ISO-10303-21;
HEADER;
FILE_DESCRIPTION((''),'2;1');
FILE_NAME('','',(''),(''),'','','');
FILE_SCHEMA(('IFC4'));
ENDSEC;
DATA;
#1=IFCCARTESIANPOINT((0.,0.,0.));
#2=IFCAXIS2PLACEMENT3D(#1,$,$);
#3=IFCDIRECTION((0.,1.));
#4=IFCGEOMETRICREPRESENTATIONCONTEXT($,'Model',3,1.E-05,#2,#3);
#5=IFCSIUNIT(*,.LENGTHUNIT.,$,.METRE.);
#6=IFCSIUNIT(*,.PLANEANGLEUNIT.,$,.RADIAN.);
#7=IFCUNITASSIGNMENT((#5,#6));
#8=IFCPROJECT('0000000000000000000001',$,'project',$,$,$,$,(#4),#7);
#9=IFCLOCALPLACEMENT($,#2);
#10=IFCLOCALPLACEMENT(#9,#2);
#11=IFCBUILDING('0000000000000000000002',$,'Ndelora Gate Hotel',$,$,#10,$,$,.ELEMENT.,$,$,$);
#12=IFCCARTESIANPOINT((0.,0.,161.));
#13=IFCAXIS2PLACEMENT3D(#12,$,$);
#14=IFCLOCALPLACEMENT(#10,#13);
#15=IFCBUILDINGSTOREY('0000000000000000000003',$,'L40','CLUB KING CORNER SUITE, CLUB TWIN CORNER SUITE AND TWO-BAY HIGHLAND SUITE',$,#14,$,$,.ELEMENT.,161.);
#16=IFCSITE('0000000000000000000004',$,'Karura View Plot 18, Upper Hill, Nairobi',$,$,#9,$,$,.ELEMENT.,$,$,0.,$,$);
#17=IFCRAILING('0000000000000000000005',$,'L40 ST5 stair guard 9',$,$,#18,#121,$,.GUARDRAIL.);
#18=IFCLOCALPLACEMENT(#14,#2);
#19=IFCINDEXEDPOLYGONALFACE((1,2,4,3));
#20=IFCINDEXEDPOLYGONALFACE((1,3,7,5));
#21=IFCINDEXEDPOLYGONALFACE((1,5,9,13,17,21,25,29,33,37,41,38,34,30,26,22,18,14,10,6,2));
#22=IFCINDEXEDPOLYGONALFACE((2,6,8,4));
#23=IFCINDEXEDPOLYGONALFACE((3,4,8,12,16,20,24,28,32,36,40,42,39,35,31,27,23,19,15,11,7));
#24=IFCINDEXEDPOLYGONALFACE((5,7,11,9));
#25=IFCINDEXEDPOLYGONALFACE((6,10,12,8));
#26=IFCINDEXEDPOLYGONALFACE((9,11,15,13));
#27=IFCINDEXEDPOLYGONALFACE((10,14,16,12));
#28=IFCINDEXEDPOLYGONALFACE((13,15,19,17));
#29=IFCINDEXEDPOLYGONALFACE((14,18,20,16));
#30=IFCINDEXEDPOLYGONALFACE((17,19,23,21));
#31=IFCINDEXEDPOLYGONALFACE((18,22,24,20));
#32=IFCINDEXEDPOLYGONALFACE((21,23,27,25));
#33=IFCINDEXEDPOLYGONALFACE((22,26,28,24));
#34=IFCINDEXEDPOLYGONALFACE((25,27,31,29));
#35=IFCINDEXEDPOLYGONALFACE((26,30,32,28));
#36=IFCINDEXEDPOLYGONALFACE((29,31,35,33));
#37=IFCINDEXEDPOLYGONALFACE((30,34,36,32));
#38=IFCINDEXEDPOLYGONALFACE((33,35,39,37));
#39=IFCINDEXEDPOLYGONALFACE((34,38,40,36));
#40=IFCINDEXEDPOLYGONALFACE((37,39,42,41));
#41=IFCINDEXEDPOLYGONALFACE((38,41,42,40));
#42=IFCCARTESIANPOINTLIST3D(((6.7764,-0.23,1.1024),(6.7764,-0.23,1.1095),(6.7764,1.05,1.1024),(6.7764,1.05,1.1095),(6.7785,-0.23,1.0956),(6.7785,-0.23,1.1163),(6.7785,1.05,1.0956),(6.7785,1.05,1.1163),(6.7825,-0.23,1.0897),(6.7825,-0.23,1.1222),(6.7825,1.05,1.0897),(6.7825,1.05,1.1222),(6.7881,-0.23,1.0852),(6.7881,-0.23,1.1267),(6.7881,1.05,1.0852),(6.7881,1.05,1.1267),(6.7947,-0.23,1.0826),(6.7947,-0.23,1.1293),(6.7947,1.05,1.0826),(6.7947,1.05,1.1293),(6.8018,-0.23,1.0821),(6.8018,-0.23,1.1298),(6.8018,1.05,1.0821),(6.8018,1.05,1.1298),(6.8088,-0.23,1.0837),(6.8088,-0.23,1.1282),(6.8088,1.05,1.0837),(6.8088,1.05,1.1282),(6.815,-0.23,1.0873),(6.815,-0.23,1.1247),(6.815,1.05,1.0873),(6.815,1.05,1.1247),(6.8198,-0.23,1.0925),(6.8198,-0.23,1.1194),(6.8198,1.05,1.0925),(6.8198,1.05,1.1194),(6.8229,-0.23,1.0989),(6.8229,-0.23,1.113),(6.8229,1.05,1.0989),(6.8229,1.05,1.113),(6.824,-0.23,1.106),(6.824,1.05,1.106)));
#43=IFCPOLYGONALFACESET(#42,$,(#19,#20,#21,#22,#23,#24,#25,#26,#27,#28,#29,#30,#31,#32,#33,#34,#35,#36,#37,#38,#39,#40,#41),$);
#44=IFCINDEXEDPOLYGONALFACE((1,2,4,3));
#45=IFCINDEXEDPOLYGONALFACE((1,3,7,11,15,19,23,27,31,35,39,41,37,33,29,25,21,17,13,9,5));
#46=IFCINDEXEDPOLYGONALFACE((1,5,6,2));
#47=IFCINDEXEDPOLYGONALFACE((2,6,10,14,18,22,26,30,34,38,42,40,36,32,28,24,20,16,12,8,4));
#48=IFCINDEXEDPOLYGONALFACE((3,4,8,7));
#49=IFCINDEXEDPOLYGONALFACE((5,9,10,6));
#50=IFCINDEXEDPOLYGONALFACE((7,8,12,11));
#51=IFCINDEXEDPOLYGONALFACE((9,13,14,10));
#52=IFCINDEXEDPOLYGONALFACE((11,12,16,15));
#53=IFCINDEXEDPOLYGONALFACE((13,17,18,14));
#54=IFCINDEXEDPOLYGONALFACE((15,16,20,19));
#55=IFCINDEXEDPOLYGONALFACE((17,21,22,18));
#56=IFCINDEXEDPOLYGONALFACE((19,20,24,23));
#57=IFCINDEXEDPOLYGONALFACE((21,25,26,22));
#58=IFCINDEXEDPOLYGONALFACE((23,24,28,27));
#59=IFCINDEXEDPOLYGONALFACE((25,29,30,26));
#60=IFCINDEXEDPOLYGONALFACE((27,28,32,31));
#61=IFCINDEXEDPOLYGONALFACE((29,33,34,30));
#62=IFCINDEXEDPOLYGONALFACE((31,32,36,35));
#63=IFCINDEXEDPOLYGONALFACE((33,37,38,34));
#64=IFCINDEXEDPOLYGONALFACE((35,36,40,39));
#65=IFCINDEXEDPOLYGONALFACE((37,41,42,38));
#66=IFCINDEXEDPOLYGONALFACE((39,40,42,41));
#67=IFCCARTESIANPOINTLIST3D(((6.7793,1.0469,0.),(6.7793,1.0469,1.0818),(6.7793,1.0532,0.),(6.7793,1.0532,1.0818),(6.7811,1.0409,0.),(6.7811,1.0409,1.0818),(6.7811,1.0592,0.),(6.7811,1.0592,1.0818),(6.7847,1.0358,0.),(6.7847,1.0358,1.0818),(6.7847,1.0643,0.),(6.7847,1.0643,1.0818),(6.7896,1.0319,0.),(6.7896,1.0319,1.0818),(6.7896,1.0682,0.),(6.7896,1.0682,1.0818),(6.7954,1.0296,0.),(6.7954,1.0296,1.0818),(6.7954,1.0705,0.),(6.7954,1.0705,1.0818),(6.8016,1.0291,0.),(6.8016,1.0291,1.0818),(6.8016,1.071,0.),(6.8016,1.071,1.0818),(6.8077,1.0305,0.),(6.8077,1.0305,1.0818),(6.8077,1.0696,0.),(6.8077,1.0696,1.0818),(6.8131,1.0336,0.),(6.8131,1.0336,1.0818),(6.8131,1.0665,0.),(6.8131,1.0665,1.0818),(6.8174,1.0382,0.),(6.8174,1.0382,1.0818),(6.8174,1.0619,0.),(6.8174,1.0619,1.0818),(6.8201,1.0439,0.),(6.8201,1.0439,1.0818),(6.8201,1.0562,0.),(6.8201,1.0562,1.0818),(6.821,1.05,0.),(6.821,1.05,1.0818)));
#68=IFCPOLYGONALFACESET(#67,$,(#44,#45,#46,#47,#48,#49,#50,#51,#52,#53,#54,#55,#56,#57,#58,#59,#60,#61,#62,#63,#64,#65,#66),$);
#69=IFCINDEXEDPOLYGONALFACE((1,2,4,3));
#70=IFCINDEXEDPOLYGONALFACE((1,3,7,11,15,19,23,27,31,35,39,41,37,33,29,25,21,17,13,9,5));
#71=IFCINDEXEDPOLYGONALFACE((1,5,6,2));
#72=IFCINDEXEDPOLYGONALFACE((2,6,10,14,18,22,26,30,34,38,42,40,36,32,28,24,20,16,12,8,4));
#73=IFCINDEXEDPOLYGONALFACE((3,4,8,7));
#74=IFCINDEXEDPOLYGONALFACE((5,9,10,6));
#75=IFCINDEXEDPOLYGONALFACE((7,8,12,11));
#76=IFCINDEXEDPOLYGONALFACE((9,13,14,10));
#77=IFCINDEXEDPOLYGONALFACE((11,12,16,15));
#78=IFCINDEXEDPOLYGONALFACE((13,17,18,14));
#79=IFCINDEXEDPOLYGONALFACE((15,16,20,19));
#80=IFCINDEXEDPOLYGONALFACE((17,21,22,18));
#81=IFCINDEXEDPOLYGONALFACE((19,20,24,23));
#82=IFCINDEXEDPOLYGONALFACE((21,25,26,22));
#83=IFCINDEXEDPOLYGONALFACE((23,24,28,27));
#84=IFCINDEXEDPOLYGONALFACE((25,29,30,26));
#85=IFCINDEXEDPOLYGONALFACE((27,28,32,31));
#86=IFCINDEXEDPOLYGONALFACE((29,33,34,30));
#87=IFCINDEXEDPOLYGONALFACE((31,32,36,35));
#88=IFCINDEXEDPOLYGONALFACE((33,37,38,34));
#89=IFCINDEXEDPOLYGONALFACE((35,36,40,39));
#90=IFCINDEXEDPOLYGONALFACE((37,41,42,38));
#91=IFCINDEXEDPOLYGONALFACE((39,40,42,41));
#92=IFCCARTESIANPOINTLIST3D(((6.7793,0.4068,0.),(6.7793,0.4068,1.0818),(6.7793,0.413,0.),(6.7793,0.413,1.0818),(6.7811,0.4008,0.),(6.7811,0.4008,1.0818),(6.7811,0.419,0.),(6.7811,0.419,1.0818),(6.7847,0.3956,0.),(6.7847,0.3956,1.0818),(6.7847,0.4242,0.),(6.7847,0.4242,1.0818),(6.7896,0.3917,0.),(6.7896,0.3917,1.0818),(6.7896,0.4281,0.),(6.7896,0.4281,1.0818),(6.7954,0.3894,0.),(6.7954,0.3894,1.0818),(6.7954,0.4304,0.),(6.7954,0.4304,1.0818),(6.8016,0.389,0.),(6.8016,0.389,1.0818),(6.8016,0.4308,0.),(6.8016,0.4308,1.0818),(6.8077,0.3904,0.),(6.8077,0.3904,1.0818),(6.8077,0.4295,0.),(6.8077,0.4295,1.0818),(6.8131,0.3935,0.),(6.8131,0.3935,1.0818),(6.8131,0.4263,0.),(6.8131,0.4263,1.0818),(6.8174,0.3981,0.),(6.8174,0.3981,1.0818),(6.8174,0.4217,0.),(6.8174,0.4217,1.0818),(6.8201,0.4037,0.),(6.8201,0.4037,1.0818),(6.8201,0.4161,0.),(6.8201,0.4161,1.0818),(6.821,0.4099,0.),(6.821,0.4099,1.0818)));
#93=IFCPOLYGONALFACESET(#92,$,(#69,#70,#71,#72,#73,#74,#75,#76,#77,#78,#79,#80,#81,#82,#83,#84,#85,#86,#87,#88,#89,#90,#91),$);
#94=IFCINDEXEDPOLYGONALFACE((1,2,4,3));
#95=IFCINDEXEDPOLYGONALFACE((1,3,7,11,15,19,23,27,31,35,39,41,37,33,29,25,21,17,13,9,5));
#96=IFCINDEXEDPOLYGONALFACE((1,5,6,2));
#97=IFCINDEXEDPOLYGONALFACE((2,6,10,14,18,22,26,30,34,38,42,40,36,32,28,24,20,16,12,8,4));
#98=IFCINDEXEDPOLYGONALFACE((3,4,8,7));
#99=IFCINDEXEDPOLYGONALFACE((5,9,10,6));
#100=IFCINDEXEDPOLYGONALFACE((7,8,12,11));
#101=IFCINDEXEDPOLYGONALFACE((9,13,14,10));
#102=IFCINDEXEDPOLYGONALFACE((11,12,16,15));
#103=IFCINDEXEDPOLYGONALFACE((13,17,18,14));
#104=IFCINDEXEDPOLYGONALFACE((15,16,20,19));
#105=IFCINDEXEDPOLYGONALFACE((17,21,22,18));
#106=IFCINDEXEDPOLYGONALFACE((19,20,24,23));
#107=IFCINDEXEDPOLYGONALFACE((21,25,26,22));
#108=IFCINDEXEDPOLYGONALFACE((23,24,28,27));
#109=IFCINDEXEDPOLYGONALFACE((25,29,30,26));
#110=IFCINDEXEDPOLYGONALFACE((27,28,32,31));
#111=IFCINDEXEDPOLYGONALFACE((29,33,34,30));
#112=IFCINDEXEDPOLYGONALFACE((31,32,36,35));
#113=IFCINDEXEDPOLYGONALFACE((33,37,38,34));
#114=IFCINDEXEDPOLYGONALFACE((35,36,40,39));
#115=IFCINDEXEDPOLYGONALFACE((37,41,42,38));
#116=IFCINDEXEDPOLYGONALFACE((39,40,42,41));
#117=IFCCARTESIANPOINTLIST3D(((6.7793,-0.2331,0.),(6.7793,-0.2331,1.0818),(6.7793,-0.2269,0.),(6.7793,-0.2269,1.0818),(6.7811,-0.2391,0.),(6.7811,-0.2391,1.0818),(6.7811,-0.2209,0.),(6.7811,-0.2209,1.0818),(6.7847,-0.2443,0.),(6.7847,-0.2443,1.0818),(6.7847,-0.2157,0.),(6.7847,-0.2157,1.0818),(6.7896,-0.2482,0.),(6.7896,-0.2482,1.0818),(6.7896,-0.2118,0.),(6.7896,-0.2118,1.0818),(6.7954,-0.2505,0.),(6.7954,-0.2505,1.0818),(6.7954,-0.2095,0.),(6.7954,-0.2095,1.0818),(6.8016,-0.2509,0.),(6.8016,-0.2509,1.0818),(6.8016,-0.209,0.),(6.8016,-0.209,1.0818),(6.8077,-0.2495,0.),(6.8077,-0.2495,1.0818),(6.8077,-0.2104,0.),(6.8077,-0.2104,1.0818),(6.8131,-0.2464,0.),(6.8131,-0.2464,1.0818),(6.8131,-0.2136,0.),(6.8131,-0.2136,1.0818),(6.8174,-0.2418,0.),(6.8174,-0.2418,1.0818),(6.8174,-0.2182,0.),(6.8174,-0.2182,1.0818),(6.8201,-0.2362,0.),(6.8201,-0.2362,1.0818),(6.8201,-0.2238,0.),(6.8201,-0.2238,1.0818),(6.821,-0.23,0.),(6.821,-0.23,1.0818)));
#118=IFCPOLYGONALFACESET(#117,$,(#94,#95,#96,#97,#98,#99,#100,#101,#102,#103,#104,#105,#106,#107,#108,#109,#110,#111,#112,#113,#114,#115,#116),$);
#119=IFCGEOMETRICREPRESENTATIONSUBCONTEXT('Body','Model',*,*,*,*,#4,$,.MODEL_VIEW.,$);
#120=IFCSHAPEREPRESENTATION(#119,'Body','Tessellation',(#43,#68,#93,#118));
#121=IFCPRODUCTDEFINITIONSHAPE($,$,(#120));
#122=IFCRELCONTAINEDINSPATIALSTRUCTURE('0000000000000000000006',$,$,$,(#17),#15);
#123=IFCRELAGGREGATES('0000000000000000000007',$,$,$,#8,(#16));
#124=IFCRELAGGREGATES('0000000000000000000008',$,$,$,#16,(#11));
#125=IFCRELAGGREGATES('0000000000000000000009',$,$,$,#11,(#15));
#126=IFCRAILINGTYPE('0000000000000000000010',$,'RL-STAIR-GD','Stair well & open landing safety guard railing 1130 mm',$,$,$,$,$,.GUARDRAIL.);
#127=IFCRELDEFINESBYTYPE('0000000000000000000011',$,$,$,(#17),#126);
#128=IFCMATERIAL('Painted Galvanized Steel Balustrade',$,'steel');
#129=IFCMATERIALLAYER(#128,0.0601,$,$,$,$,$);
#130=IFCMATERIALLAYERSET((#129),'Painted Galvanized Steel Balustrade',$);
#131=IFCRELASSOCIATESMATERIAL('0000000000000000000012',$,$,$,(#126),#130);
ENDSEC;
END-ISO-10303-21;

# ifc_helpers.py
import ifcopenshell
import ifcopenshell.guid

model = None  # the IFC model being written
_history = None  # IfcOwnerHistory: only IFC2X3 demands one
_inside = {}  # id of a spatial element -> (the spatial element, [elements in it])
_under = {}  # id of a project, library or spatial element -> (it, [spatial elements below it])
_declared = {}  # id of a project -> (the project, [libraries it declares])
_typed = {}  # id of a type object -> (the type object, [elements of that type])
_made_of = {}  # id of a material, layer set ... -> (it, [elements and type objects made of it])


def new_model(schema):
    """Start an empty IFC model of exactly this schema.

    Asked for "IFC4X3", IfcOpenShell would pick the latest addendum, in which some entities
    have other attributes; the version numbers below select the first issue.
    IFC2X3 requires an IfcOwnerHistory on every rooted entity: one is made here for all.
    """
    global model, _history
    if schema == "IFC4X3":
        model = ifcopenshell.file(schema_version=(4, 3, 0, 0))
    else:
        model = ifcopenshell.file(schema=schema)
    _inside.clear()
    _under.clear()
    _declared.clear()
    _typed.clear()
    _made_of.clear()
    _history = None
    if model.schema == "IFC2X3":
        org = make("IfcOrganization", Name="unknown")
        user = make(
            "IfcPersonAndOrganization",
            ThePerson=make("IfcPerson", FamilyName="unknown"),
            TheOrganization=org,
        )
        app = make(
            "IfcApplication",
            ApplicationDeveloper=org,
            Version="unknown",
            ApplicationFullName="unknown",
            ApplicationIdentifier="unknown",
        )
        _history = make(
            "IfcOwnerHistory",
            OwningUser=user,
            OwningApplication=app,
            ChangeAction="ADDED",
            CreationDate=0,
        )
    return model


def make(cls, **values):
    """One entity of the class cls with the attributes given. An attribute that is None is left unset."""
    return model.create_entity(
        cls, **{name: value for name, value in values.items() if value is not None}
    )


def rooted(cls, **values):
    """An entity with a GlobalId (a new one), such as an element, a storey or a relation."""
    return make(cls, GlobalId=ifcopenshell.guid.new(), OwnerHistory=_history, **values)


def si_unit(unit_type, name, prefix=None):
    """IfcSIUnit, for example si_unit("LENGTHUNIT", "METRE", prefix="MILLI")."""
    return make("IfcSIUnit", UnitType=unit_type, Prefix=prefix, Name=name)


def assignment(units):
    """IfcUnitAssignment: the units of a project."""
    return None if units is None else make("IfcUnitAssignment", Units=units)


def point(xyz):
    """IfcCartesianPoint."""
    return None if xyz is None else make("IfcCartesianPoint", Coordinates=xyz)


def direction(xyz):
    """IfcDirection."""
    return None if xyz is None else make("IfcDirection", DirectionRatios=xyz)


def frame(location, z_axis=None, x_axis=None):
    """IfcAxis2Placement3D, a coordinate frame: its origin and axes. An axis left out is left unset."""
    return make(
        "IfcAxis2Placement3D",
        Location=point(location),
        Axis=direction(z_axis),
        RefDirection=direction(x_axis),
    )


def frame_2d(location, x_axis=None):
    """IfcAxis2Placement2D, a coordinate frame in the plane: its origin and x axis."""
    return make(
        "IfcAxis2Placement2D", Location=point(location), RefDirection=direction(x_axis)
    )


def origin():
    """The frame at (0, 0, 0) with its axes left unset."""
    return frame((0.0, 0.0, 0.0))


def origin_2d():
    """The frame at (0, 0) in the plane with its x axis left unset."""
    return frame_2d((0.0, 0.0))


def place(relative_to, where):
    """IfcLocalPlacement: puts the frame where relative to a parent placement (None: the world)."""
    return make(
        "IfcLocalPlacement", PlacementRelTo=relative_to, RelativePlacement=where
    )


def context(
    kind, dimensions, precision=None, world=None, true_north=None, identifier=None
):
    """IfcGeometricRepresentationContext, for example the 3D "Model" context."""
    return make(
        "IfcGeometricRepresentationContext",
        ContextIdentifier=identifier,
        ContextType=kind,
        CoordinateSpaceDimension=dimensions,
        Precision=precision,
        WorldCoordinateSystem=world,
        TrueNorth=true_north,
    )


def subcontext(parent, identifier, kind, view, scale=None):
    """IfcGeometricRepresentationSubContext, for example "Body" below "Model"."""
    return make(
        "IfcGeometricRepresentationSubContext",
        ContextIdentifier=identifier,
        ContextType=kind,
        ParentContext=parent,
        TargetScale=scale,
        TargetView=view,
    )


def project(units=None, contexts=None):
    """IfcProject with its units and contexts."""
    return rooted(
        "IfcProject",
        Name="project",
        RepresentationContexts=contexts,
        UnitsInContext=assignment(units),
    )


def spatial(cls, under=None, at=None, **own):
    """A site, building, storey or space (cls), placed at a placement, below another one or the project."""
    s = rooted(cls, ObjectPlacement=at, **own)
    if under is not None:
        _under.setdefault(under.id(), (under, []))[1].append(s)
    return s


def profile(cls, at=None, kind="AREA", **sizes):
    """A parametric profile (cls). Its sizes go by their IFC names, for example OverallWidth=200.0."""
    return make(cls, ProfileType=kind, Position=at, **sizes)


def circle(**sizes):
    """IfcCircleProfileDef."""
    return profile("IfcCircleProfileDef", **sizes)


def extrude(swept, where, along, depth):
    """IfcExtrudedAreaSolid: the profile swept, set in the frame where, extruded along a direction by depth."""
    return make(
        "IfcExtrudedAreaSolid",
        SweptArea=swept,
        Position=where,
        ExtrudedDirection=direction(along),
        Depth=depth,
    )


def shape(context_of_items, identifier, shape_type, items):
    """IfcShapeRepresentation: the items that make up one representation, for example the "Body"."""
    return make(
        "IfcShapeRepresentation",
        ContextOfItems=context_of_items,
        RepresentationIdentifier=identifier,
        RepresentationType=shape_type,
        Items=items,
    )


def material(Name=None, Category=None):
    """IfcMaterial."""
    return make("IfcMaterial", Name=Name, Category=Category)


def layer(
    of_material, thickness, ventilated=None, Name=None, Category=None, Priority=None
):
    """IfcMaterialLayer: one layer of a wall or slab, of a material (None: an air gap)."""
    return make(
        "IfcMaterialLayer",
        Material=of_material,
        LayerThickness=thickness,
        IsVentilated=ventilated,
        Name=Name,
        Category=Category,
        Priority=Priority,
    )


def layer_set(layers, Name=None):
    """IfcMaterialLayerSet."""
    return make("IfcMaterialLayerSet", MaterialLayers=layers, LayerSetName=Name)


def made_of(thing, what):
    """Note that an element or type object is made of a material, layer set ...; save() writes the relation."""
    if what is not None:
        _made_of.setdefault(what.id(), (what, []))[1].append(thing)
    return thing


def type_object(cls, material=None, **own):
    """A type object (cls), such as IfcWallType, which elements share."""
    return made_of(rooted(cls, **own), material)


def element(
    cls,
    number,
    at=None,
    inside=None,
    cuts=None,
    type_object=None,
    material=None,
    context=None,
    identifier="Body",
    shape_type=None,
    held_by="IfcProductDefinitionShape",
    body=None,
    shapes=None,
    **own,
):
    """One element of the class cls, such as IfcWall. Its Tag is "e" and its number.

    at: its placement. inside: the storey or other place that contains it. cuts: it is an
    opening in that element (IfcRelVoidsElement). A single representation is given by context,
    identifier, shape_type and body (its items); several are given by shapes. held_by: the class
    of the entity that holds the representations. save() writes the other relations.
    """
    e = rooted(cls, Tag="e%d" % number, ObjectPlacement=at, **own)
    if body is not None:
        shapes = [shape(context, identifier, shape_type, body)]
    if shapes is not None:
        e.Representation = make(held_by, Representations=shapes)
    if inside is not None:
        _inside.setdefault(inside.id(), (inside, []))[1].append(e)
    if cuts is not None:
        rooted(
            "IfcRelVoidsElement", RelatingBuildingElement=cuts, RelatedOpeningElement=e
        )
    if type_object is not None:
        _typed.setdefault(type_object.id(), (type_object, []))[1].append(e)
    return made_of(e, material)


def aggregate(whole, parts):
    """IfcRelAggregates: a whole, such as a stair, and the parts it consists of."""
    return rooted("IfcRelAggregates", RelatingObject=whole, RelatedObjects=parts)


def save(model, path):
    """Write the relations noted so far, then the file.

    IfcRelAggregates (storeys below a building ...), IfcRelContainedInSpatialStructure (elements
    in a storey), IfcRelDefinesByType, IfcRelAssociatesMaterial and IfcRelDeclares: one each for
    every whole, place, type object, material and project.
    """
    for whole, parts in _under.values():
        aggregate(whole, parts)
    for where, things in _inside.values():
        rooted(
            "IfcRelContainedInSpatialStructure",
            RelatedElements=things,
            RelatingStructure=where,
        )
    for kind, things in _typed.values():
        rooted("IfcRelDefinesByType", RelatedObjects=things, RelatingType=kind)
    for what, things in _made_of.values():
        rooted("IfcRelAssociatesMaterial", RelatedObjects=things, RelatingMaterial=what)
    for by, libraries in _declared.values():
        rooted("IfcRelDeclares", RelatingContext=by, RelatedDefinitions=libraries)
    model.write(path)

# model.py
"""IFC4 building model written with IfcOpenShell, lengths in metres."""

from ifc_helpers import new_model, si_unit, direction, frame, origin, origin_2d, place, context, subcontext, project, spatial, circle, extrude, material, layer, layer_set, type_object, element, save


model = new_model("IFC4")

# Units and contexts
model_context = context("Model", 3, precision=1e-05, world=origin(), true_north=direction((0.0, 1.0)))
body_context = subcontext(model_context, "Body", "Model", "MODEL_VIEW")
ifc_project = project(units=[si_unit("LENGTHUNIT", "METRE"), si_unit("PLANEANGLEUNIT", "RADIAN")], contexts=[model_context])

# Site, building, storey
site_placement = place(None, origin())
site = spatial("IfcSite", under=ifc_project, at=site_placement, Name="Karura View Plot 18, Upper Hill, Nairobi", CompositionType="ELEMENT", RefElevation=0.0)
building_placement = place(site_placement, origin())
building = spatial("IfcBuilding", under=site, at=building_placement, Name="Ndelora Gate Hotel", CompositionType="ELEMENT")
storey_placement = place(building_placement, frame((0.0, 0.0, 161.0)))
storey = spatial("IfcBuildingStorey", under=building, at=storey_placement, Name="L40", Description="CLUB KING CORNER SUITE, CLUB TWIN CORNER SUITE AND TWO-BAY HIGHLAND SUITE", CompositionType="ELEMENT", Elevation=161.0)

# Railing
ifc_material_1 = material(Name="Painted Galvanized Steel Balustrade", Category="steel")
ifc_layer_1 = layer(ifc_material_1, 0.0601)
ifc_layer_set_1 = layer_set([ifc_layer_1], Name="Painted Galvanized Steel Balustrade")
railing_type = type_object("IfcRailingType", Name="RL-STAIR-GD", Description="Stair well & open landing safety guard railing 1130 mm", PredefinedType="GUARDRAIL", material=ifc_layer_set_1)
for number, where, name in (
    (1, (6.8, 1.05, 0.0), "L40 ST5 stair guard 9"),
):
    element("IfcRailing", number, at=place(storey_placement, frame(where)), inside=storey, type_object=railing_type, Name=name, PredefinedType="GUARDRAIL", context=body_context, shape_type="SweptSolid", body=[
        extrude(circle(Radius=0.0239, at=origin_2d()), frame((0.0, 0.0, 1.106), z_axis=(0.0, -1.0, 0.0), x_axis=(1.0, 0.0, 0.0)), (0.0, 0.0, 1.0), 1.28),
        extrude(circle(Radius=0.021, at=origin_2d()), origin(), (0.0, 0.0, 1.0), 1.0818),
        extrude(circle(Radius=0.021, at=origin_2d()), frame((0.0, -0.6401, 0.0)), (0.0, 0.0, 1.0), 1.0818),
        extrude(circle(Radius=0.021, at=origin_2d()), frame((0.0, -1.28, 0.0)), (0.0, 0.0, 1.0), 1.0818),
    ])

save(model, "model.ifc")
